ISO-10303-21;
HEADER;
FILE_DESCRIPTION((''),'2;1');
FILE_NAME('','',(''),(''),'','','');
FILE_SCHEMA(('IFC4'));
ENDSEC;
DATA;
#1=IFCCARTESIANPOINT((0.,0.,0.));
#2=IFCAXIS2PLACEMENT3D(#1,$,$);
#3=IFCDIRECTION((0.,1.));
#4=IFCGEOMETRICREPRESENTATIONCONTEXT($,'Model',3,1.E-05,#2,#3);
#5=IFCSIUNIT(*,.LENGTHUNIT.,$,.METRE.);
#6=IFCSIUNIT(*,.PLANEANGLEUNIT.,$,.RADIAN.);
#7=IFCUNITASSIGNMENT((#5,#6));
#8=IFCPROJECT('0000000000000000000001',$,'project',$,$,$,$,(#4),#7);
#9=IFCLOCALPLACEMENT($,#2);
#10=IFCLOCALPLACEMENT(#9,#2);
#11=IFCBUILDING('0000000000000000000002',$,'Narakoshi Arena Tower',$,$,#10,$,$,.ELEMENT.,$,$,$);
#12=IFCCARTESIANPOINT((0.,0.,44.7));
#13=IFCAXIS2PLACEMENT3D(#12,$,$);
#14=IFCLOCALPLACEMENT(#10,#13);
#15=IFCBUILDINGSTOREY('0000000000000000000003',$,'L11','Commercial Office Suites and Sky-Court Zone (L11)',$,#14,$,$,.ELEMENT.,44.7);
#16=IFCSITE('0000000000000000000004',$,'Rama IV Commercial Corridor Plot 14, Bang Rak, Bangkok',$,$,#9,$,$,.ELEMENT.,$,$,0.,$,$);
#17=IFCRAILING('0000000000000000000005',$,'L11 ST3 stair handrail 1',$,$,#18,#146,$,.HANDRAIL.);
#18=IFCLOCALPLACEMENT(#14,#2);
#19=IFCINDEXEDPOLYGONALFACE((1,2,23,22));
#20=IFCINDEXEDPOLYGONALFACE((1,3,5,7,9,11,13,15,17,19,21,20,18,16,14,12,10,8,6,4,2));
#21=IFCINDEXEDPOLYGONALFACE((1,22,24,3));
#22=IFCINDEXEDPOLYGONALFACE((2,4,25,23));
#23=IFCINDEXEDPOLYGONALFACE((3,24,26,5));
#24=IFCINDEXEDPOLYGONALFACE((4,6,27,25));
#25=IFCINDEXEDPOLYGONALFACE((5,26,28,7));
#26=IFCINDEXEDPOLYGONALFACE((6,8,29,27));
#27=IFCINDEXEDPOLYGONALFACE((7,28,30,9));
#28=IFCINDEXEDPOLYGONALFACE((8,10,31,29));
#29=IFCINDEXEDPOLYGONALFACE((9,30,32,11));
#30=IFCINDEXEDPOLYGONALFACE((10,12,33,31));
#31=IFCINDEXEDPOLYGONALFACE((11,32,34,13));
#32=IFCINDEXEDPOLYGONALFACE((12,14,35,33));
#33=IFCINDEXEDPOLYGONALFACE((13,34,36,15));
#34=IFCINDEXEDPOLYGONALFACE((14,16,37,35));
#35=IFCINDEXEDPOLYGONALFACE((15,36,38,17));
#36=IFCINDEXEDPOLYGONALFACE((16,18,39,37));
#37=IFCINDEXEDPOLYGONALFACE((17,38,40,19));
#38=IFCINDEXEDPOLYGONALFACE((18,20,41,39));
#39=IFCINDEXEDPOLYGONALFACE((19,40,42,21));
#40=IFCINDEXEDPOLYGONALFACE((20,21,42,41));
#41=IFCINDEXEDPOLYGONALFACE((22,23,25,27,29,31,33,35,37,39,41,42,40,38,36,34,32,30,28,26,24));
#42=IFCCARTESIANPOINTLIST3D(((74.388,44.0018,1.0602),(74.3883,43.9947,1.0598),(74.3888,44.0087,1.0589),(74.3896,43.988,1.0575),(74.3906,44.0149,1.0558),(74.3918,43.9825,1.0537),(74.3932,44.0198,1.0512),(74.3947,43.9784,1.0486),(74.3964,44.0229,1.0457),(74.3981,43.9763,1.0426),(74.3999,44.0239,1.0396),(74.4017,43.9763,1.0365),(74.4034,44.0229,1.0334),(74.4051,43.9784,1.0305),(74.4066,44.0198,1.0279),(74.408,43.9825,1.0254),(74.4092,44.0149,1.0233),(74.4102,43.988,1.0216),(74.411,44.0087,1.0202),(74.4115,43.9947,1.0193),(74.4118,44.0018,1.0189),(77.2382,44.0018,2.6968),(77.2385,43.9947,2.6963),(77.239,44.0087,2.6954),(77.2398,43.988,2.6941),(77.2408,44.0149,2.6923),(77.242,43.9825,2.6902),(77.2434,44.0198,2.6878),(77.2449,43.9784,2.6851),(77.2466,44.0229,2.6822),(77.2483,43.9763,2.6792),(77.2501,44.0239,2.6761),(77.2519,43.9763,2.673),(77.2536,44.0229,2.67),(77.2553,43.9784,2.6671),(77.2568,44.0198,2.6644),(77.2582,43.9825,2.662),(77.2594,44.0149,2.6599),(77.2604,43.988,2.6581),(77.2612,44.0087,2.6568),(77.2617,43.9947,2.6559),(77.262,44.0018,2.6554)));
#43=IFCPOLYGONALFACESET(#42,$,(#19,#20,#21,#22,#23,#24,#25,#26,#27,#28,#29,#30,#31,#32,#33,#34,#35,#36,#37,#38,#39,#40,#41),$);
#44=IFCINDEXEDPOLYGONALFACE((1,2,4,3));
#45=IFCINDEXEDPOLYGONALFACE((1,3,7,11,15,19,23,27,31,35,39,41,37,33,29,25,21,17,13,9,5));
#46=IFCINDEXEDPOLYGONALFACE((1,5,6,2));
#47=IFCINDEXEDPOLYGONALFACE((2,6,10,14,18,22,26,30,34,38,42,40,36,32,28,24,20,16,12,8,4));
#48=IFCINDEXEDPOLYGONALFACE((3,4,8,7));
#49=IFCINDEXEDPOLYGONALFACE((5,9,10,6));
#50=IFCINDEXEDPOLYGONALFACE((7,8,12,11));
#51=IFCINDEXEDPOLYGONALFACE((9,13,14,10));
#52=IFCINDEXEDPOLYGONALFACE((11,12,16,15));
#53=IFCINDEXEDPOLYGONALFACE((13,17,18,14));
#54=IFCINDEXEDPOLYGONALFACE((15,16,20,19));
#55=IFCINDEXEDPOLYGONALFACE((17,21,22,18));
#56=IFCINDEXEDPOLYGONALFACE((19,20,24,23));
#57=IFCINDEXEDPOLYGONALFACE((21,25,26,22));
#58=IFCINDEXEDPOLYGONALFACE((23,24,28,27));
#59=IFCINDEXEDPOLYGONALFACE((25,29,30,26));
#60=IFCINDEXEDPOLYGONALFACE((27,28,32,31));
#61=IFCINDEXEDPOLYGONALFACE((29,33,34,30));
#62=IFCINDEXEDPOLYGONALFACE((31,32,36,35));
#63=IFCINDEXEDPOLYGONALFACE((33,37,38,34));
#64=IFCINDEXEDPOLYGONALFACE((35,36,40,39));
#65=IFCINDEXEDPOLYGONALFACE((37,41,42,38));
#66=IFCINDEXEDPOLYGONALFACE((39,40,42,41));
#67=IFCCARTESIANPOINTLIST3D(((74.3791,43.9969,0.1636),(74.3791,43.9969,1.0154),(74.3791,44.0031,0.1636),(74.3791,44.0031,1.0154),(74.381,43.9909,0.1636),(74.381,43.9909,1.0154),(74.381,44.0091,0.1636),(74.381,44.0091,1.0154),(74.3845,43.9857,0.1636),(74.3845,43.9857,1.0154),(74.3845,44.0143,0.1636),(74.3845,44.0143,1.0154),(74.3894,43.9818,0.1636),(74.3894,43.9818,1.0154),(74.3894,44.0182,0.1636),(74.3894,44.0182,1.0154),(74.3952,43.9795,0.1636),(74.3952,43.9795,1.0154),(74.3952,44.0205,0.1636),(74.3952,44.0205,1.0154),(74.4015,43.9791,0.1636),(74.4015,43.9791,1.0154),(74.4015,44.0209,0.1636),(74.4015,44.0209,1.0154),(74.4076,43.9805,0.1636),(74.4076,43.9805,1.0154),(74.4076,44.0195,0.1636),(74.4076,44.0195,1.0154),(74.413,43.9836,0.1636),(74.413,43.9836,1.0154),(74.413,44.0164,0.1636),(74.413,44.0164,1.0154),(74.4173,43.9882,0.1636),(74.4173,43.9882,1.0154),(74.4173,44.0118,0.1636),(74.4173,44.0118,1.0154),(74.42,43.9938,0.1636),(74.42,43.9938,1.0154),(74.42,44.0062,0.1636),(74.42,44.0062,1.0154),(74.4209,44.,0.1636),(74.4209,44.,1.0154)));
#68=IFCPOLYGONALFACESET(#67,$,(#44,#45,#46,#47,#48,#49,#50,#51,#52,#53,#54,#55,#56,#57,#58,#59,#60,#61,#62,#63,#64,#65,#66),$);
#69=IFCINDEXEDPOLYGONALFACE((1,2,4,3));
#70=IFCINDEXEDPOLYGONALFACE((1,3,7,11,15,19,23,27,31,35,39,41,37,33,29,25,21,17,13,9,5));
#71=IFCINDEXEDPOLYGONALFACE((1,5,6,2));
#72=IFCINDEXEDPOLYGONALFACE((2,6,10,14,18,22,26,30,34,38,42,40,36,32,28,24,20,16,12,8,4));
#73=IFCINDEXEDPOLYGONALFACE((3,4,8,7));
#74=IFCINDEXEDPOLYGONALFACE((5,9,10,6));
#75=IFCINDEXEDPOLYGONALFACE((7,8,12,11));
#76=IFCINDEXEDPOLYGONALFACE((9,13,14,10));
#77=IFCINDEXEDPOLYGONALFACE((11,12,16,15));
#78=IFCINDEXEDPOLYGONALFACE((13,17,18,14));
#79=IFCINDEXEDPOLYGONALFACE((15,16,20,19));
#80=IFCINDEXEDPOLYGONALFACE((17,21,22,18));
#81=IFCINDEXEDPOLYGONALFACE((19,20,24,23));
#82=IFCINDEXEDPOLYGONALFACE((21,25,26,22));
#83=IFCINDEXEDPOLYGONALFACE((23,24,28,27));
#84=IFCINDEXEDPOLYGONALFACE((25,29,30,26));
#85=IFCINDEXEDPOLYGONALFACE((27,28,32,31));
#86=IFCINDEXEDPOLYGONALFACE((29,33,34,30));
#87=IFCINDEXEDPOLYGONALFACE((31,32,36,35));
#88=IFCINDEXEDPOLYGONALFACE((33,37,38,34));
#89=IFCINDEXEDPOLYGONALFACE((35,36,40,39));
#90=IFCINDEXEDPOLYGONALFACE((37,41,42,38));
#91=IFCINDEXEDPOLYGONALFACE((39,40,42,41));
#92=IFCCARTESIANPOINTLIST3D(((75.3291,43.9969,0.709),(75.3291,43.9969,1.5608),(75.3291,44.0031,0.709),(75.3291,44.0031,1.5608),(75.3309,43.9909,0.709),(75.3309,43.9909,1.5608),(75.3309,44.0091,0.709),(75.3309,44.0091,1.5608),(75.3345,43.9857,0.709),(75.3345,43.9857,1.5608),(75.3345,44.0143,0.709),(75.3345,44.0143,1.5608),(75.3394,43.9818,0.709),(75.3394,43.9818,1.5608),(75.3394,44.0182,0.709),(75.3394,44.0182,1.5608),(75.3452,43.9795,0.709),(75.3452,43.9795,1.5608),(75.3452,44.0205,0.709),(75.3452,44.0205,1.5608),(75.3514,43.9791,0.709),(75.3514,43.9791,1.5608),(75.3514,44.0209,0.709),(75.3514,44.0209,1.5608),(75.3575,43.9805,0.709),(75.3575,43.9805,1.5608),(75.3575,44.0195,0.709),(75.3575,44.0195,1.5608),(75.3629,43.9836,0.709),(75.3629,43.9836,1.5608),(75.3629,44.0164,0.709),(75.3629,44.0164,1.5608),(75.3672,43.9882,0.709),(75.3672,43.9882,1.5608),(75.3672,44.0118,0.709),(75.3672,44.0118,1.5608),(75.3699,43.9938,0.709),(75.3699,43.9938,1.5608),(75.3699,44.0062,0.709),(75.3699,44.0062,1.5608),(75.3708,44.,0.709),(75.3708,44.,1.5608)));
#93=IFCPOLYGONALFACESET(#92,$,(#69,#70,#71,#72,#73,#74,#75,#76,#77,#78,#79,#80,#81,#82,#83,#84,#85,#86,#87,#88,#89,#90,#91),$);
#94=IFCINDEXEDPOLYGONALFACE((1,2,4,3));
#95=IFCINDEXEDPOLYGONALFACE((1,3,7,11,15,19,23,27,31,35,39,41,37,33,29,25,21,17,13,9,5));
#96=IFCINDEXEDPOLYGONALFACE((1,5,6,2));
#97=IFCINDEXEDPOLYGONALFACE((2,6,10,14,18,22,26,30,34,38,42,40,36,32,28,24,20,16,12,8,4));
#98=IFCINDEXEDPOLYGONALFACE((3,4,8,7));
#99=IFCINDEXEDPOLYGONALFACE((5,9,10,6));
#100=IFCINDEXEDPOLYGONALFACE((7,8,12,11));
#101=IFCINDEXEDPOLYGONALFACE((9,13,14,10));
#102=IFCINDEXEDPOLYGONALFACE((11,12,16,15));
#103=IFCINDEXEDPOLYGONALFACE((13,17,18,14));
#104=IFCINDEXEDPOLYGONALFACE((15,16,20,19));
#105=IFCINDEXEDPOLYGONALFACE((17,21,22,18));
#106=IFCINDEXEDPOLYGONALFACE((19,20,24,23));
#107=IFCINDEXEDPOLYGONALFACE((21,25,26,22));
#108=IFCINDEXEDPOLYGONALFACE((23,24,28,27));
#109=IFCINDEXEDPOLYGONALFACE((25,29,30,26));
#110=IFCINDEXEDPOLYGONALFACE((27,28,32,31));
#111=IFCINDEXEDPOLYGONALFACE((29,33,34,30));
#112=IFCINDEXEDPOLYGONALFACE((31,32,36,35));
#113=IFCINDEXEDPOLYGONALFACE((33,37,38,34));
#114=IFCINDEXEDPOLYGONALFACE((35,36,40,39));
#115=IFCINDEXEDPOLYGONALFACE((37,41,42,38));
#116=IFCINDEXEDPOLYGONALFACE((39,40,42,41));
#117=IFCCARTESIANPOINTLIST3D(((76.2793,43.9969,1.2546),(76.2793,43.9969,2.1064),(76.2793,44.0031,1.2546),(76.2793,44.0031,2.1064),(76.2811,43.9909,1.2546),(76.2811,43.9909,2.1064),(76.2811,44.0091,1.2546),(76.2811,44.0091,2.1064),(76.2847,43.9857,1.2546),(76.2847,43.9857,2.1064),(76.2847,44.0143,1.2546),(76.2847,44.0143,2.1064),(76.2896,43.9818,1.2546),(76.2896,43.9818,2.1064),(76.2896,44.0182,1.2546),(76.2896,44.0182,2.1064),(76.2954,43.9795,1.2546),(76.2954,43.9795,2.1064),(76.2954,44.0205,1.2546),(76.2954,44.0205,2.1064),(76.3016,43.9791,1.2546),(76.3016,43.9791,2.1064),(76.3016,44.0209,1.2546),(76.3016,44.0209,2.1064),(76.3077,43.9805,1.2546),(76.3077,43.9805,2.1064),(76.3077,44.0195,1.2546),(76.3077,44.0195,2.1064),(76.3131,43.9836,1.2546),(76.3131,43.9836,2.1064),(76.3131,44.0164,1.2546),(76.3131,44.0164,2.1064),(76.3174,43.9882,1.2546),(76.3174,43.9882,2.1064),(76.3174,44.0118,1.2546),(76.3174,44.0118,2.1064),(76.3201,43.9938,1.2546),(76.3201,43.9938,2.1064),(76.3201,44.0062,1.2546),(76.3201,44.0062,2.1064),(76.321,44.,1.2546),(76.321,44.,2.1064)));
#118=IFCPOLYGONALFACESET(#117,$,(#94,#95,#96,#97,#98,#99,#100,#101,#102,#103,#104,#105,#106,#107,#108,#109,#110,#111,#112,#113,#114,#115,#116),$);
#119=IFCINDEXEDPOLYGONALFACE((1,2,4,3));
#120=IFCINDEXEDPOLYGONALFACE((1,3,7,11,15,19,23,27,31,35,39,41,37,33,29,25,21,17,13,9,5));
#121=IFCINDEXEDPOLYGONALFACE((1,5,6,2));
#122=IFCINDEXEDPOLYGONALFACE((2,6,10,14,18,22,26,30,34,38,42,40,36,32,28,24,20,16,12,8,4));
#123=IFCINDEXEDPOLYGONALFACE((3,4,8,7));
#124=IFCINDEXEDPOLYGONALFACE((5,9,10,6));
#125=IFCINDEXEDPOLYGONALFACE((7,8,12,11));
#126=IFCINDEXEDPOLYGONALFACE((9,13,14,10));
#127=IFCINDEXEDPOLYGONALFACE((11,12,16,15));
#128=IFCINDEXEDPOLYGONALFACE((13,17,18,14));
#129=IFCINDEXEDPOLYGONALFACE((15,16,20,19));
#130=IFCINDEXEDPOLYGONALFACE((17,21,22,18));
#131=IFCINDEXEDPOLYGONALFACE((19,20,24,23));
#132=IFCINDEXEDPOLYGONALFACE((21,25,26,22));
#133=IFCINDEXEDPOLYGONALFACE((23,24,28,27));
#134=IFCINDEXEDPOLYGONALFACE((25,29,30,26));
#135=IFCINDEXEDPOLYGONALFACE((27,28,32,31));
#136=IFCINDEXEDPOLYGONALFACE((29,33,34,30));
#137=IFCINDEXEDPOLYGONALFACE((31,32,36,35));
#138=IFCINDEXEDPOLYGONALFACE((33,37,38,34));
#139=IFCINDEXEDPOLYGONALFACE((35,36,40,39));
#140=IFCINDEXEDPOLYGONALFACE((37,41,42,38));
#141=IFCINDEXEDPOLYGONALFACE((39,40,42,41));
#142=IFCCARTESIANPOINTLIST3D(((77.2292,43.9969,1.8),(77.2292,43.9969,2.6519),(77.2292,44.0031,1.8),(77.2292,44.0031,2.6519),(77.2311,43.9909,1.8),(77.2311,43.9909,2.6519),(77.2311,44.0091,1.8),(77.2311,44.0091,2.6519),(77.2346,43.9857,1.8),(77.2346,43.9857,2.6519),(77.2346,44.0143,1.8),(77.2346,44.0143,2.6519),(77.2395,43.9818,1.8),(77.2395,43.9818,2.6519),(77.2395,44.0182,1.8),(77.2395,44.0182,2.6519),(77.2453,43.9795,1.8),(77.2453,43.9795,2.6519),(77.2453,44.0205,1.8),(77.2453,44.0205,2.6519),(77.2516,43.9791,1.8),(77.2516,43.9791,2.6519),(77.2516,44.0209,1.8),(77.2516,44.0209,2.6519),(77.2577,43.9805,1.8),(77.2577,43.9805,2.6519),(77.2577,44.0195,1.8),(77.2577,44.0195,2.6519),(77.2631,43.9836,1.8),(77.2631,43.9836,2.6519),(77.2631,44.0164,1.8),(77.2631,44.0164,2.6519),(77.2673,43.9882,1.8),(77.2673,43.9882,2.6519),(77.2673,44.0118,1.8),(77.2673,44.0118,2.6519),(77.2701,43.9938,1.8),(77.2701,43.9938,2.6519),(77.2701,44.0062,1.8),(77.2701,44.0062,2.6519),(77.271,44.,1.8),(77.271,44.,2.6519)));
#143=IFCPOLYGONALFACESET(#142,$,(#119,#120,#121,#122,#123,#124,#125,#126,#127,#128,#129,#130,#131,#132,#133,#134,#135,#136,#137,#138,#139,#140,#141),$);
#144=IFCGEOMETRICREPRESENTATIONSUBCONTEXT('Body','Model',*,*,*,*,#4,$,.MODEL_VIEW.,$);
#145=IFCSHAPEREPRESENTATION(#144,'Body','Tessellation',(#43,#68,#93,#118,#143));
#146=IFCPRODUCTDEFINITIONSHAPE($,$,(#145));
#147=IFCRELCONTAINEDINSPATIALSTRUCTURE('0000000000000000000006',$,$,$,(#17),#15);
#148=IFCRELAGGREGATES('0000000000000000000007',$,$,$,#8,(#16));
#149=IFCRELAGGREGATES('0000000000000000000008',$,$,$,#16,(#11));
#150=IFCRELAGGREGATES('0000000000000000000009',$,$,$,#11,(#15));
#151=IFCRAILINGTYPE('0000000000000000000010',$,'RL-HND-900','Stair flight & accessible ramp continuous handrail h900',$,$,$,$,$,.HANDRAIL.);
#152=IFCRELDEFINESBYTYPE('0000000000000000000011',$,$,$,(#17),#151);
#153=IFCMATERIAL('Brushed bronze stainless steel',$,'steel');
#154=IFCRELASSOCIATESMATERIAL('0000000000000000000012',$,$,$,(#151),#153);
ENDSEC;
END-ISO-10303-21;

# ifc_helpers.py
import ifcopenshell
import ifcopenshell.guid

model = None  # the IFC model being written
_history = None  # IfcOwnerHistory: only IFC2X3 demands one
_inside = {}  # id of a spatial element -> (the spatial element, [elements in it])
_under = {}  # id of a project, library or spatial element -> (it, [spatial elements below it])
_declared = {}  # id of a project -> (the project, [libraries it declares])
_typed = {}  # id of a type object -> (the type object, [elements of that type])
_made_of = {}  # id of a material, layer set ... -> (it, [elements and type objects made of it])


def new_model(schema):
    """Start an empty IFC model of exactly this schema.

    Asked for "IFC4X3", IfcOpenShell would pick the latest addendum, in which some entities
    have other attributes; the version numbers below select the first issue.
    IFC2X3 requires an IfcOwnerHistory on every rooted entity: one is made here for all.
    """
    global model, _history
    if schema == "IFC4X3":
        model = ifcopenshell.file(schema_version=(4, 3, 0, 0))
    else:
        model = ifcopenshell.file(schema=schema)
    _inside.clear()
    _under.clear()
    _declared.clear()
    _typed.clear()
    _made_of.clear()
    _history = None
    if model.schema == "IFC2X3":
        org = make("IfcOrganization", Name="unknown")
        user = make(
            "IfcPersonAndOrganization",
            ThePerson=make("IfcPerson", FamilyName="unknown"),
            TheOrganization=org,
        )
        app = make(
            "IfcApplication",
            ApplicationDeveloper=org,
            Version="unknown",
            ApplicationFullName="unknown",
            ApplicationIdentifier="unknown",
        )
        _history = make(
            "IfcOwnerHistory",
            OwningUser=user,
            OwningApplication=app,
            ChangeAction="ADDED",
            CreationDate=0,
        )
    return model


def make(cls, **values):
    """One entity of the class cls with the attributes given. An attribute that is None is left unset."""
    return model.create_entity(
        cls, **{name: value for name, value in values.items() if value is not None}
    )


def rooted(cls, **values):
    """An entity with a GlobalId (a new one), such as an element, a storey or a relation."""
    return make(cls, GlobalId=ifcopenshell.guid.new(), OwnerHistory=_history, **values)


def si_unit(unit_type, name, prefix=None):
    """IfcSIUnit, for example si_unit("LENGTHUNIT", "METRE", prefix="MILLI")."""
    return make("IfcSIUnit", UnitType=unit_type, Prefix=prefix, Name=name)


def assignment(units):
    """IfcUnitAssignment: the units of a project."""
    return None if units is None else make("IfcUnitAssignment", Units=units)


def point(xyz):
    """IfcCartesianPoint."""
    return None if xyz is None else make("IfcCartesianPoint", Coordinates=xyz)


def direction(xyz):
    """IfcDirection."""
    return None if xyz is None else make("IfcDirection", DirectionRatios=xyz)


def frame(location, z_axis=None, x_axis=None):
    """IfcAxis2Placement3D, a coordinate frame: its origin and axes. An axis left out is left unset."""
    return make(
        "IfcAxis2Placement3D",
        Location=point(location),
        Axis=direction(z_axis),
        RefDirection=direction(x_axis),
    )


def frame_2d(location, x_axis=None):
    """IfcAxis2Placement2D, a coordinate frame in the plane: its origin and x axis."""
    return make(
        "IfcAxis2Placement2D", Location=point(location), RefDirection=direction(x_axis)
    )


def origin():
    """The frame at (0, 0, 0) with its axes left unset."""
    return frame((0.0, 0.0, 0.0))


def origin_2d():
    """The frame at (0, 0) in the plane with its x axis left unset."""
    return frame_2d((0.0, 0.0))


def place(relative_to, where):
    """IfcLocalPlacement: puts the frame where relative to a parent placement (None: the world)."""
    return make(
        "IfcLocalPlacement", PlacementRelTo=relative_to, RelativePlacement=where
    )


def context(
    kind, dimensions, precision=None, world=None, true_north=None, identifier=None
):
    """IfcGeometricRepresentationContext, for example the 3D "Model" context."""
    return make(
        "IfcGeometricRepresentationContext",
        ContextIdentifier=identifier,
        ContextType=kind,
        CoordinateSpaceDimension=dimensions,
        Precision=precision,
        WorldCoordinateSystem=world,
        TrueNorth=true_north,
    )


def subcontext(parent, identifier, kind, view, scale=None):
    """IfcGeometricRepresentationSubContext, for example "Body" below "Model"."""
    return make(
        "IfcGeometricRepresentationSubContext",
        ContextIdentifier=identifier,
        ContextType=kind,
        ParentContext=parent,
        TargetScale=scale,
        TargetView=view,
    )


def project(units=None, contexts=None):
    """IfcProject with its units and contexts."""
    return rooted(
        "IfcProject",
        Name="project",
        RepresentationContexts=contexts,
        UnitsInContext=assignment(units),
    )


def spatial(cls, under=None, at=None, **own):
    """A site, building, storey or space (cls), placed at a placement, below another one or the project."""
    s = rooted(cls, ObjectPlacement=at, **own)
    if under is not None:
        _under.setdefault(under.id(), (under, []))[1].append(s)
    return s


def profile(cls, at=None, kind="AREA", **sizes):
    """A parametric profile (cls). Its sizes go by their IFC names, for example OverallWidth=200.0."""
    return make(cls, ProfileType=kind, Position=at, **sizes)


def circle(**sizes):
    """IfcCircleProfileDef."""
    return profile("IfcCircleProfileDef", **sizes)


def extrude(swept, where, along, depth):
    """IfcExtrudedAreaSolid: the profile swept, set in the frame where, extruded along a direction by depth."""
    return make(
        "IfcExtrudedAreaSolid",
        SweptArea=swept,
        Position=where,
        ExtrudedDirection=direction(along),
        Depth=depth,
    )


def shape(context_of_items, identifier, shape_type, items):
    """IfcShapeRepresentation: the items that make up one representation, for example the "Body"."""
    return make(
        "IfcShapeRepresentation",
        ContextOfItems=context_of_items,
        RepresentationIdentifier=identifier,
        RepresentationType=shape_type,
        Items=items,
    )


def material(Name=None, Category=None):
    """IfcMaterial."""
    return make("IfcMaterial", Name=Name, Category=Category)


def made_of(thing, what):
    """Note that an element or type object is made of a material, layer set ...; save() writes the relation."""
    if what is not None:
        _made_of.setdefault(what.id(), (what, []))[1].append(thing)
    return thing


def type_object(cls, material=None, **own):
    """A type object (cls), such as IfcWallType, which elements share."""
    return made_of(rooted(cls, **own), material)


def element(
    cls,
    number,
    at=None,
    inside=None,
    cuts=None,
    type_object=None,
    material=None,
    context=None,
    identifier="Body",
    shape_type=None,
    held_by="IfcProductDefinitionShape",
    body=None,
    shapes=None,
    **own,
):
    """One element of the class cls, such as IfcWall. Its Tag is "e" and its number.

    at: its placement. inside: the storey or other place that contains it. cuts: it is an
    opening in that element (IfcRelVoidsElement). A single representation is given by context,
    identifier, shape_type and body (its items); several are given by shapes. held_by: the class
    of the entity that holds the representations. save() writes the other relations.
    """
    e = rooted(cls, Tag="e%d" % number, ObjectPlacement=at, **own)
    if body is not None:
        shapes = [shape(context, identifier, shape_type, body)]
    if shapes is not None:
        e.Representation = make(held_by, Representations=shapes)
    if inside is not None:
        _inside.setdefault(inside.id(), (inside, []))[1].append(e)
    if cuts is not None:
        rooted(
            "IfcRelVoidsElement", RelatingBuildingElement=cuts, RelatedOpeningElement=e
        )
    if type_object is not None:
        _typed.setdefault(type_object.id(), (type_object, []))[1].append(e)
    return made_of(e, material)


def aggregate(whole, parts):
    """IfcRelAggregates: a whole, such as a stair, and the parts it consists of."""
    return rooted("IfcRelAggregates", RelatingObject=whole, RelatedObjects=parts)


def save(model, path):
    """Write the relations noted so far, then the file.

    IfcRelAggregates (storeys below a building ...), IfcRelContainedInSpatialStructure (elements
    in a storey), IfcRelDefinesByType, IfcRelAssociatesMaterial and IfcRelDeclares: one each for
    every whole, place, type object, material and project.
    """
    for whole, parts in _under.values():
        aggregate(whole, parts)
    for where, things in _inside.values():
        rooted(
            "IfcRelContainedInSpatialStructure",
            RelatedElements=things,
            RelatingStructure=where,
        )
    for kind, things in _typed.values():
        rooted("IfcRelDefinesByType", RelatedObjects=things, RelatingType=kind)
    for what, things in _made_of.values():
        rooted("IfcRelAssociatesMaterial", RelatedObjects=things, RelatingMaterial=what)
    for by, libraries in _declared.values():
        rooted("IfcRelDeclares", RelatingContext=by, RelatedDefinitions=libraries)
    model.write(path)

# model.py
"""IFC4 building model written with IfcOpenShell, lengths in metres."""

from ifc_helpers import new_model, si_unit, direction, frame, origin, origin_2d, place, context, subcontext, project, spatial, circle, extrude, material, type_object, element, save


model = new_model("IFC4")

# Units and contexts
model_context = context("Model", 3, precision=1e-05, world=origin(), true_north=direction((0.0, 1.0)))
body_context = subcontext(model_context, "Body", "Model", "MODEL_VIEW")
ifc_project = project(units=[si_unit("LENGTHUNIT", "METRE"), si_unit("PLANEANGLEUNIT", "RADIAN")], contexts=[model_context])

# Site, building, storey
site_placement = place(None, origin())
site = spatial("IfcSite", under=ifc_project, at=site_placement, Name="Rama IV Commercial Corridor Plot 14, Bang Rak, Bangkok", CompositionType="ELEMENT", RefElevation=0.0)
building_placement = place(site_placement, origin())
building = spatial("IfcBuilding", under=site, at=building_placement, Name="Narakoshi Arena Tower", CompositionType="ELEMENT")
storey_placement = place(building_placement, frame((0.0, 0.0, 44.7)))
storey = spatial("IfcBuildingStorey", under=building, at=storey_placement, Name="L11", Description="Commercial Office Suites and Sky-Court Zone (L11)", CompositionType="ELEMENT", Elevation=44.7)

# Shared definitions
ifc_material_1 = material(Name="Brushed bronze stainless steel", Category="steel")

# Railing
railing_type_1 = type_object("IfcRailingType", Name="RL-HND-900", Description="Stair flight & accessible ramp continuous handrail h900", PredefinedType="HANDRAIL", material=ifc_material_1)
for number, where, name in (
    (1, (74.3999, 44.0, 0.1636), "L11 ST3 stair handrail 1"),
):
    element("IfcRailing", number, at=place(storey_placement, frame(where)), inside=storey, type_object=railing_type_1, Name=name, PredefinedType="HANDRAIL", context=body_context, shape_type="SweptSolid", body=[
        extrude(circle(Radius=0.0239, at=origin_2d()), frame((0.0, 0.0, 0.876), z_axis=(0.867213, 0.0, 0.497938), x_axis=(0.0, 1.0, 0.0)), (0.0, 0.0, 1.0), 3.2866),
        extrude(circle(Radius=0.021, at=origin_2d()), origin(), (0.0, 0.0, 1.0), 0.8518),
        extrude(circle(Radius=0.021, at=origin_2d()), frame((0.95, 0.0, 0.5454)), (0.0, 0.0, 1.0), 0.8518),
        extrude(circle(Radius=0.021, at=origin_2d()), frame((1.9001, 0.0, 1.0911)), (0.0, 0.0, 1.0), 0.8518),
        extrude(circle(Radius=0.021, at=origin_2d()), frame((2.8501, 0.0, 1.6365)), (0.0, 0.0, 1.0), 0.8518),
    ])

save(model, "model.ifc")
